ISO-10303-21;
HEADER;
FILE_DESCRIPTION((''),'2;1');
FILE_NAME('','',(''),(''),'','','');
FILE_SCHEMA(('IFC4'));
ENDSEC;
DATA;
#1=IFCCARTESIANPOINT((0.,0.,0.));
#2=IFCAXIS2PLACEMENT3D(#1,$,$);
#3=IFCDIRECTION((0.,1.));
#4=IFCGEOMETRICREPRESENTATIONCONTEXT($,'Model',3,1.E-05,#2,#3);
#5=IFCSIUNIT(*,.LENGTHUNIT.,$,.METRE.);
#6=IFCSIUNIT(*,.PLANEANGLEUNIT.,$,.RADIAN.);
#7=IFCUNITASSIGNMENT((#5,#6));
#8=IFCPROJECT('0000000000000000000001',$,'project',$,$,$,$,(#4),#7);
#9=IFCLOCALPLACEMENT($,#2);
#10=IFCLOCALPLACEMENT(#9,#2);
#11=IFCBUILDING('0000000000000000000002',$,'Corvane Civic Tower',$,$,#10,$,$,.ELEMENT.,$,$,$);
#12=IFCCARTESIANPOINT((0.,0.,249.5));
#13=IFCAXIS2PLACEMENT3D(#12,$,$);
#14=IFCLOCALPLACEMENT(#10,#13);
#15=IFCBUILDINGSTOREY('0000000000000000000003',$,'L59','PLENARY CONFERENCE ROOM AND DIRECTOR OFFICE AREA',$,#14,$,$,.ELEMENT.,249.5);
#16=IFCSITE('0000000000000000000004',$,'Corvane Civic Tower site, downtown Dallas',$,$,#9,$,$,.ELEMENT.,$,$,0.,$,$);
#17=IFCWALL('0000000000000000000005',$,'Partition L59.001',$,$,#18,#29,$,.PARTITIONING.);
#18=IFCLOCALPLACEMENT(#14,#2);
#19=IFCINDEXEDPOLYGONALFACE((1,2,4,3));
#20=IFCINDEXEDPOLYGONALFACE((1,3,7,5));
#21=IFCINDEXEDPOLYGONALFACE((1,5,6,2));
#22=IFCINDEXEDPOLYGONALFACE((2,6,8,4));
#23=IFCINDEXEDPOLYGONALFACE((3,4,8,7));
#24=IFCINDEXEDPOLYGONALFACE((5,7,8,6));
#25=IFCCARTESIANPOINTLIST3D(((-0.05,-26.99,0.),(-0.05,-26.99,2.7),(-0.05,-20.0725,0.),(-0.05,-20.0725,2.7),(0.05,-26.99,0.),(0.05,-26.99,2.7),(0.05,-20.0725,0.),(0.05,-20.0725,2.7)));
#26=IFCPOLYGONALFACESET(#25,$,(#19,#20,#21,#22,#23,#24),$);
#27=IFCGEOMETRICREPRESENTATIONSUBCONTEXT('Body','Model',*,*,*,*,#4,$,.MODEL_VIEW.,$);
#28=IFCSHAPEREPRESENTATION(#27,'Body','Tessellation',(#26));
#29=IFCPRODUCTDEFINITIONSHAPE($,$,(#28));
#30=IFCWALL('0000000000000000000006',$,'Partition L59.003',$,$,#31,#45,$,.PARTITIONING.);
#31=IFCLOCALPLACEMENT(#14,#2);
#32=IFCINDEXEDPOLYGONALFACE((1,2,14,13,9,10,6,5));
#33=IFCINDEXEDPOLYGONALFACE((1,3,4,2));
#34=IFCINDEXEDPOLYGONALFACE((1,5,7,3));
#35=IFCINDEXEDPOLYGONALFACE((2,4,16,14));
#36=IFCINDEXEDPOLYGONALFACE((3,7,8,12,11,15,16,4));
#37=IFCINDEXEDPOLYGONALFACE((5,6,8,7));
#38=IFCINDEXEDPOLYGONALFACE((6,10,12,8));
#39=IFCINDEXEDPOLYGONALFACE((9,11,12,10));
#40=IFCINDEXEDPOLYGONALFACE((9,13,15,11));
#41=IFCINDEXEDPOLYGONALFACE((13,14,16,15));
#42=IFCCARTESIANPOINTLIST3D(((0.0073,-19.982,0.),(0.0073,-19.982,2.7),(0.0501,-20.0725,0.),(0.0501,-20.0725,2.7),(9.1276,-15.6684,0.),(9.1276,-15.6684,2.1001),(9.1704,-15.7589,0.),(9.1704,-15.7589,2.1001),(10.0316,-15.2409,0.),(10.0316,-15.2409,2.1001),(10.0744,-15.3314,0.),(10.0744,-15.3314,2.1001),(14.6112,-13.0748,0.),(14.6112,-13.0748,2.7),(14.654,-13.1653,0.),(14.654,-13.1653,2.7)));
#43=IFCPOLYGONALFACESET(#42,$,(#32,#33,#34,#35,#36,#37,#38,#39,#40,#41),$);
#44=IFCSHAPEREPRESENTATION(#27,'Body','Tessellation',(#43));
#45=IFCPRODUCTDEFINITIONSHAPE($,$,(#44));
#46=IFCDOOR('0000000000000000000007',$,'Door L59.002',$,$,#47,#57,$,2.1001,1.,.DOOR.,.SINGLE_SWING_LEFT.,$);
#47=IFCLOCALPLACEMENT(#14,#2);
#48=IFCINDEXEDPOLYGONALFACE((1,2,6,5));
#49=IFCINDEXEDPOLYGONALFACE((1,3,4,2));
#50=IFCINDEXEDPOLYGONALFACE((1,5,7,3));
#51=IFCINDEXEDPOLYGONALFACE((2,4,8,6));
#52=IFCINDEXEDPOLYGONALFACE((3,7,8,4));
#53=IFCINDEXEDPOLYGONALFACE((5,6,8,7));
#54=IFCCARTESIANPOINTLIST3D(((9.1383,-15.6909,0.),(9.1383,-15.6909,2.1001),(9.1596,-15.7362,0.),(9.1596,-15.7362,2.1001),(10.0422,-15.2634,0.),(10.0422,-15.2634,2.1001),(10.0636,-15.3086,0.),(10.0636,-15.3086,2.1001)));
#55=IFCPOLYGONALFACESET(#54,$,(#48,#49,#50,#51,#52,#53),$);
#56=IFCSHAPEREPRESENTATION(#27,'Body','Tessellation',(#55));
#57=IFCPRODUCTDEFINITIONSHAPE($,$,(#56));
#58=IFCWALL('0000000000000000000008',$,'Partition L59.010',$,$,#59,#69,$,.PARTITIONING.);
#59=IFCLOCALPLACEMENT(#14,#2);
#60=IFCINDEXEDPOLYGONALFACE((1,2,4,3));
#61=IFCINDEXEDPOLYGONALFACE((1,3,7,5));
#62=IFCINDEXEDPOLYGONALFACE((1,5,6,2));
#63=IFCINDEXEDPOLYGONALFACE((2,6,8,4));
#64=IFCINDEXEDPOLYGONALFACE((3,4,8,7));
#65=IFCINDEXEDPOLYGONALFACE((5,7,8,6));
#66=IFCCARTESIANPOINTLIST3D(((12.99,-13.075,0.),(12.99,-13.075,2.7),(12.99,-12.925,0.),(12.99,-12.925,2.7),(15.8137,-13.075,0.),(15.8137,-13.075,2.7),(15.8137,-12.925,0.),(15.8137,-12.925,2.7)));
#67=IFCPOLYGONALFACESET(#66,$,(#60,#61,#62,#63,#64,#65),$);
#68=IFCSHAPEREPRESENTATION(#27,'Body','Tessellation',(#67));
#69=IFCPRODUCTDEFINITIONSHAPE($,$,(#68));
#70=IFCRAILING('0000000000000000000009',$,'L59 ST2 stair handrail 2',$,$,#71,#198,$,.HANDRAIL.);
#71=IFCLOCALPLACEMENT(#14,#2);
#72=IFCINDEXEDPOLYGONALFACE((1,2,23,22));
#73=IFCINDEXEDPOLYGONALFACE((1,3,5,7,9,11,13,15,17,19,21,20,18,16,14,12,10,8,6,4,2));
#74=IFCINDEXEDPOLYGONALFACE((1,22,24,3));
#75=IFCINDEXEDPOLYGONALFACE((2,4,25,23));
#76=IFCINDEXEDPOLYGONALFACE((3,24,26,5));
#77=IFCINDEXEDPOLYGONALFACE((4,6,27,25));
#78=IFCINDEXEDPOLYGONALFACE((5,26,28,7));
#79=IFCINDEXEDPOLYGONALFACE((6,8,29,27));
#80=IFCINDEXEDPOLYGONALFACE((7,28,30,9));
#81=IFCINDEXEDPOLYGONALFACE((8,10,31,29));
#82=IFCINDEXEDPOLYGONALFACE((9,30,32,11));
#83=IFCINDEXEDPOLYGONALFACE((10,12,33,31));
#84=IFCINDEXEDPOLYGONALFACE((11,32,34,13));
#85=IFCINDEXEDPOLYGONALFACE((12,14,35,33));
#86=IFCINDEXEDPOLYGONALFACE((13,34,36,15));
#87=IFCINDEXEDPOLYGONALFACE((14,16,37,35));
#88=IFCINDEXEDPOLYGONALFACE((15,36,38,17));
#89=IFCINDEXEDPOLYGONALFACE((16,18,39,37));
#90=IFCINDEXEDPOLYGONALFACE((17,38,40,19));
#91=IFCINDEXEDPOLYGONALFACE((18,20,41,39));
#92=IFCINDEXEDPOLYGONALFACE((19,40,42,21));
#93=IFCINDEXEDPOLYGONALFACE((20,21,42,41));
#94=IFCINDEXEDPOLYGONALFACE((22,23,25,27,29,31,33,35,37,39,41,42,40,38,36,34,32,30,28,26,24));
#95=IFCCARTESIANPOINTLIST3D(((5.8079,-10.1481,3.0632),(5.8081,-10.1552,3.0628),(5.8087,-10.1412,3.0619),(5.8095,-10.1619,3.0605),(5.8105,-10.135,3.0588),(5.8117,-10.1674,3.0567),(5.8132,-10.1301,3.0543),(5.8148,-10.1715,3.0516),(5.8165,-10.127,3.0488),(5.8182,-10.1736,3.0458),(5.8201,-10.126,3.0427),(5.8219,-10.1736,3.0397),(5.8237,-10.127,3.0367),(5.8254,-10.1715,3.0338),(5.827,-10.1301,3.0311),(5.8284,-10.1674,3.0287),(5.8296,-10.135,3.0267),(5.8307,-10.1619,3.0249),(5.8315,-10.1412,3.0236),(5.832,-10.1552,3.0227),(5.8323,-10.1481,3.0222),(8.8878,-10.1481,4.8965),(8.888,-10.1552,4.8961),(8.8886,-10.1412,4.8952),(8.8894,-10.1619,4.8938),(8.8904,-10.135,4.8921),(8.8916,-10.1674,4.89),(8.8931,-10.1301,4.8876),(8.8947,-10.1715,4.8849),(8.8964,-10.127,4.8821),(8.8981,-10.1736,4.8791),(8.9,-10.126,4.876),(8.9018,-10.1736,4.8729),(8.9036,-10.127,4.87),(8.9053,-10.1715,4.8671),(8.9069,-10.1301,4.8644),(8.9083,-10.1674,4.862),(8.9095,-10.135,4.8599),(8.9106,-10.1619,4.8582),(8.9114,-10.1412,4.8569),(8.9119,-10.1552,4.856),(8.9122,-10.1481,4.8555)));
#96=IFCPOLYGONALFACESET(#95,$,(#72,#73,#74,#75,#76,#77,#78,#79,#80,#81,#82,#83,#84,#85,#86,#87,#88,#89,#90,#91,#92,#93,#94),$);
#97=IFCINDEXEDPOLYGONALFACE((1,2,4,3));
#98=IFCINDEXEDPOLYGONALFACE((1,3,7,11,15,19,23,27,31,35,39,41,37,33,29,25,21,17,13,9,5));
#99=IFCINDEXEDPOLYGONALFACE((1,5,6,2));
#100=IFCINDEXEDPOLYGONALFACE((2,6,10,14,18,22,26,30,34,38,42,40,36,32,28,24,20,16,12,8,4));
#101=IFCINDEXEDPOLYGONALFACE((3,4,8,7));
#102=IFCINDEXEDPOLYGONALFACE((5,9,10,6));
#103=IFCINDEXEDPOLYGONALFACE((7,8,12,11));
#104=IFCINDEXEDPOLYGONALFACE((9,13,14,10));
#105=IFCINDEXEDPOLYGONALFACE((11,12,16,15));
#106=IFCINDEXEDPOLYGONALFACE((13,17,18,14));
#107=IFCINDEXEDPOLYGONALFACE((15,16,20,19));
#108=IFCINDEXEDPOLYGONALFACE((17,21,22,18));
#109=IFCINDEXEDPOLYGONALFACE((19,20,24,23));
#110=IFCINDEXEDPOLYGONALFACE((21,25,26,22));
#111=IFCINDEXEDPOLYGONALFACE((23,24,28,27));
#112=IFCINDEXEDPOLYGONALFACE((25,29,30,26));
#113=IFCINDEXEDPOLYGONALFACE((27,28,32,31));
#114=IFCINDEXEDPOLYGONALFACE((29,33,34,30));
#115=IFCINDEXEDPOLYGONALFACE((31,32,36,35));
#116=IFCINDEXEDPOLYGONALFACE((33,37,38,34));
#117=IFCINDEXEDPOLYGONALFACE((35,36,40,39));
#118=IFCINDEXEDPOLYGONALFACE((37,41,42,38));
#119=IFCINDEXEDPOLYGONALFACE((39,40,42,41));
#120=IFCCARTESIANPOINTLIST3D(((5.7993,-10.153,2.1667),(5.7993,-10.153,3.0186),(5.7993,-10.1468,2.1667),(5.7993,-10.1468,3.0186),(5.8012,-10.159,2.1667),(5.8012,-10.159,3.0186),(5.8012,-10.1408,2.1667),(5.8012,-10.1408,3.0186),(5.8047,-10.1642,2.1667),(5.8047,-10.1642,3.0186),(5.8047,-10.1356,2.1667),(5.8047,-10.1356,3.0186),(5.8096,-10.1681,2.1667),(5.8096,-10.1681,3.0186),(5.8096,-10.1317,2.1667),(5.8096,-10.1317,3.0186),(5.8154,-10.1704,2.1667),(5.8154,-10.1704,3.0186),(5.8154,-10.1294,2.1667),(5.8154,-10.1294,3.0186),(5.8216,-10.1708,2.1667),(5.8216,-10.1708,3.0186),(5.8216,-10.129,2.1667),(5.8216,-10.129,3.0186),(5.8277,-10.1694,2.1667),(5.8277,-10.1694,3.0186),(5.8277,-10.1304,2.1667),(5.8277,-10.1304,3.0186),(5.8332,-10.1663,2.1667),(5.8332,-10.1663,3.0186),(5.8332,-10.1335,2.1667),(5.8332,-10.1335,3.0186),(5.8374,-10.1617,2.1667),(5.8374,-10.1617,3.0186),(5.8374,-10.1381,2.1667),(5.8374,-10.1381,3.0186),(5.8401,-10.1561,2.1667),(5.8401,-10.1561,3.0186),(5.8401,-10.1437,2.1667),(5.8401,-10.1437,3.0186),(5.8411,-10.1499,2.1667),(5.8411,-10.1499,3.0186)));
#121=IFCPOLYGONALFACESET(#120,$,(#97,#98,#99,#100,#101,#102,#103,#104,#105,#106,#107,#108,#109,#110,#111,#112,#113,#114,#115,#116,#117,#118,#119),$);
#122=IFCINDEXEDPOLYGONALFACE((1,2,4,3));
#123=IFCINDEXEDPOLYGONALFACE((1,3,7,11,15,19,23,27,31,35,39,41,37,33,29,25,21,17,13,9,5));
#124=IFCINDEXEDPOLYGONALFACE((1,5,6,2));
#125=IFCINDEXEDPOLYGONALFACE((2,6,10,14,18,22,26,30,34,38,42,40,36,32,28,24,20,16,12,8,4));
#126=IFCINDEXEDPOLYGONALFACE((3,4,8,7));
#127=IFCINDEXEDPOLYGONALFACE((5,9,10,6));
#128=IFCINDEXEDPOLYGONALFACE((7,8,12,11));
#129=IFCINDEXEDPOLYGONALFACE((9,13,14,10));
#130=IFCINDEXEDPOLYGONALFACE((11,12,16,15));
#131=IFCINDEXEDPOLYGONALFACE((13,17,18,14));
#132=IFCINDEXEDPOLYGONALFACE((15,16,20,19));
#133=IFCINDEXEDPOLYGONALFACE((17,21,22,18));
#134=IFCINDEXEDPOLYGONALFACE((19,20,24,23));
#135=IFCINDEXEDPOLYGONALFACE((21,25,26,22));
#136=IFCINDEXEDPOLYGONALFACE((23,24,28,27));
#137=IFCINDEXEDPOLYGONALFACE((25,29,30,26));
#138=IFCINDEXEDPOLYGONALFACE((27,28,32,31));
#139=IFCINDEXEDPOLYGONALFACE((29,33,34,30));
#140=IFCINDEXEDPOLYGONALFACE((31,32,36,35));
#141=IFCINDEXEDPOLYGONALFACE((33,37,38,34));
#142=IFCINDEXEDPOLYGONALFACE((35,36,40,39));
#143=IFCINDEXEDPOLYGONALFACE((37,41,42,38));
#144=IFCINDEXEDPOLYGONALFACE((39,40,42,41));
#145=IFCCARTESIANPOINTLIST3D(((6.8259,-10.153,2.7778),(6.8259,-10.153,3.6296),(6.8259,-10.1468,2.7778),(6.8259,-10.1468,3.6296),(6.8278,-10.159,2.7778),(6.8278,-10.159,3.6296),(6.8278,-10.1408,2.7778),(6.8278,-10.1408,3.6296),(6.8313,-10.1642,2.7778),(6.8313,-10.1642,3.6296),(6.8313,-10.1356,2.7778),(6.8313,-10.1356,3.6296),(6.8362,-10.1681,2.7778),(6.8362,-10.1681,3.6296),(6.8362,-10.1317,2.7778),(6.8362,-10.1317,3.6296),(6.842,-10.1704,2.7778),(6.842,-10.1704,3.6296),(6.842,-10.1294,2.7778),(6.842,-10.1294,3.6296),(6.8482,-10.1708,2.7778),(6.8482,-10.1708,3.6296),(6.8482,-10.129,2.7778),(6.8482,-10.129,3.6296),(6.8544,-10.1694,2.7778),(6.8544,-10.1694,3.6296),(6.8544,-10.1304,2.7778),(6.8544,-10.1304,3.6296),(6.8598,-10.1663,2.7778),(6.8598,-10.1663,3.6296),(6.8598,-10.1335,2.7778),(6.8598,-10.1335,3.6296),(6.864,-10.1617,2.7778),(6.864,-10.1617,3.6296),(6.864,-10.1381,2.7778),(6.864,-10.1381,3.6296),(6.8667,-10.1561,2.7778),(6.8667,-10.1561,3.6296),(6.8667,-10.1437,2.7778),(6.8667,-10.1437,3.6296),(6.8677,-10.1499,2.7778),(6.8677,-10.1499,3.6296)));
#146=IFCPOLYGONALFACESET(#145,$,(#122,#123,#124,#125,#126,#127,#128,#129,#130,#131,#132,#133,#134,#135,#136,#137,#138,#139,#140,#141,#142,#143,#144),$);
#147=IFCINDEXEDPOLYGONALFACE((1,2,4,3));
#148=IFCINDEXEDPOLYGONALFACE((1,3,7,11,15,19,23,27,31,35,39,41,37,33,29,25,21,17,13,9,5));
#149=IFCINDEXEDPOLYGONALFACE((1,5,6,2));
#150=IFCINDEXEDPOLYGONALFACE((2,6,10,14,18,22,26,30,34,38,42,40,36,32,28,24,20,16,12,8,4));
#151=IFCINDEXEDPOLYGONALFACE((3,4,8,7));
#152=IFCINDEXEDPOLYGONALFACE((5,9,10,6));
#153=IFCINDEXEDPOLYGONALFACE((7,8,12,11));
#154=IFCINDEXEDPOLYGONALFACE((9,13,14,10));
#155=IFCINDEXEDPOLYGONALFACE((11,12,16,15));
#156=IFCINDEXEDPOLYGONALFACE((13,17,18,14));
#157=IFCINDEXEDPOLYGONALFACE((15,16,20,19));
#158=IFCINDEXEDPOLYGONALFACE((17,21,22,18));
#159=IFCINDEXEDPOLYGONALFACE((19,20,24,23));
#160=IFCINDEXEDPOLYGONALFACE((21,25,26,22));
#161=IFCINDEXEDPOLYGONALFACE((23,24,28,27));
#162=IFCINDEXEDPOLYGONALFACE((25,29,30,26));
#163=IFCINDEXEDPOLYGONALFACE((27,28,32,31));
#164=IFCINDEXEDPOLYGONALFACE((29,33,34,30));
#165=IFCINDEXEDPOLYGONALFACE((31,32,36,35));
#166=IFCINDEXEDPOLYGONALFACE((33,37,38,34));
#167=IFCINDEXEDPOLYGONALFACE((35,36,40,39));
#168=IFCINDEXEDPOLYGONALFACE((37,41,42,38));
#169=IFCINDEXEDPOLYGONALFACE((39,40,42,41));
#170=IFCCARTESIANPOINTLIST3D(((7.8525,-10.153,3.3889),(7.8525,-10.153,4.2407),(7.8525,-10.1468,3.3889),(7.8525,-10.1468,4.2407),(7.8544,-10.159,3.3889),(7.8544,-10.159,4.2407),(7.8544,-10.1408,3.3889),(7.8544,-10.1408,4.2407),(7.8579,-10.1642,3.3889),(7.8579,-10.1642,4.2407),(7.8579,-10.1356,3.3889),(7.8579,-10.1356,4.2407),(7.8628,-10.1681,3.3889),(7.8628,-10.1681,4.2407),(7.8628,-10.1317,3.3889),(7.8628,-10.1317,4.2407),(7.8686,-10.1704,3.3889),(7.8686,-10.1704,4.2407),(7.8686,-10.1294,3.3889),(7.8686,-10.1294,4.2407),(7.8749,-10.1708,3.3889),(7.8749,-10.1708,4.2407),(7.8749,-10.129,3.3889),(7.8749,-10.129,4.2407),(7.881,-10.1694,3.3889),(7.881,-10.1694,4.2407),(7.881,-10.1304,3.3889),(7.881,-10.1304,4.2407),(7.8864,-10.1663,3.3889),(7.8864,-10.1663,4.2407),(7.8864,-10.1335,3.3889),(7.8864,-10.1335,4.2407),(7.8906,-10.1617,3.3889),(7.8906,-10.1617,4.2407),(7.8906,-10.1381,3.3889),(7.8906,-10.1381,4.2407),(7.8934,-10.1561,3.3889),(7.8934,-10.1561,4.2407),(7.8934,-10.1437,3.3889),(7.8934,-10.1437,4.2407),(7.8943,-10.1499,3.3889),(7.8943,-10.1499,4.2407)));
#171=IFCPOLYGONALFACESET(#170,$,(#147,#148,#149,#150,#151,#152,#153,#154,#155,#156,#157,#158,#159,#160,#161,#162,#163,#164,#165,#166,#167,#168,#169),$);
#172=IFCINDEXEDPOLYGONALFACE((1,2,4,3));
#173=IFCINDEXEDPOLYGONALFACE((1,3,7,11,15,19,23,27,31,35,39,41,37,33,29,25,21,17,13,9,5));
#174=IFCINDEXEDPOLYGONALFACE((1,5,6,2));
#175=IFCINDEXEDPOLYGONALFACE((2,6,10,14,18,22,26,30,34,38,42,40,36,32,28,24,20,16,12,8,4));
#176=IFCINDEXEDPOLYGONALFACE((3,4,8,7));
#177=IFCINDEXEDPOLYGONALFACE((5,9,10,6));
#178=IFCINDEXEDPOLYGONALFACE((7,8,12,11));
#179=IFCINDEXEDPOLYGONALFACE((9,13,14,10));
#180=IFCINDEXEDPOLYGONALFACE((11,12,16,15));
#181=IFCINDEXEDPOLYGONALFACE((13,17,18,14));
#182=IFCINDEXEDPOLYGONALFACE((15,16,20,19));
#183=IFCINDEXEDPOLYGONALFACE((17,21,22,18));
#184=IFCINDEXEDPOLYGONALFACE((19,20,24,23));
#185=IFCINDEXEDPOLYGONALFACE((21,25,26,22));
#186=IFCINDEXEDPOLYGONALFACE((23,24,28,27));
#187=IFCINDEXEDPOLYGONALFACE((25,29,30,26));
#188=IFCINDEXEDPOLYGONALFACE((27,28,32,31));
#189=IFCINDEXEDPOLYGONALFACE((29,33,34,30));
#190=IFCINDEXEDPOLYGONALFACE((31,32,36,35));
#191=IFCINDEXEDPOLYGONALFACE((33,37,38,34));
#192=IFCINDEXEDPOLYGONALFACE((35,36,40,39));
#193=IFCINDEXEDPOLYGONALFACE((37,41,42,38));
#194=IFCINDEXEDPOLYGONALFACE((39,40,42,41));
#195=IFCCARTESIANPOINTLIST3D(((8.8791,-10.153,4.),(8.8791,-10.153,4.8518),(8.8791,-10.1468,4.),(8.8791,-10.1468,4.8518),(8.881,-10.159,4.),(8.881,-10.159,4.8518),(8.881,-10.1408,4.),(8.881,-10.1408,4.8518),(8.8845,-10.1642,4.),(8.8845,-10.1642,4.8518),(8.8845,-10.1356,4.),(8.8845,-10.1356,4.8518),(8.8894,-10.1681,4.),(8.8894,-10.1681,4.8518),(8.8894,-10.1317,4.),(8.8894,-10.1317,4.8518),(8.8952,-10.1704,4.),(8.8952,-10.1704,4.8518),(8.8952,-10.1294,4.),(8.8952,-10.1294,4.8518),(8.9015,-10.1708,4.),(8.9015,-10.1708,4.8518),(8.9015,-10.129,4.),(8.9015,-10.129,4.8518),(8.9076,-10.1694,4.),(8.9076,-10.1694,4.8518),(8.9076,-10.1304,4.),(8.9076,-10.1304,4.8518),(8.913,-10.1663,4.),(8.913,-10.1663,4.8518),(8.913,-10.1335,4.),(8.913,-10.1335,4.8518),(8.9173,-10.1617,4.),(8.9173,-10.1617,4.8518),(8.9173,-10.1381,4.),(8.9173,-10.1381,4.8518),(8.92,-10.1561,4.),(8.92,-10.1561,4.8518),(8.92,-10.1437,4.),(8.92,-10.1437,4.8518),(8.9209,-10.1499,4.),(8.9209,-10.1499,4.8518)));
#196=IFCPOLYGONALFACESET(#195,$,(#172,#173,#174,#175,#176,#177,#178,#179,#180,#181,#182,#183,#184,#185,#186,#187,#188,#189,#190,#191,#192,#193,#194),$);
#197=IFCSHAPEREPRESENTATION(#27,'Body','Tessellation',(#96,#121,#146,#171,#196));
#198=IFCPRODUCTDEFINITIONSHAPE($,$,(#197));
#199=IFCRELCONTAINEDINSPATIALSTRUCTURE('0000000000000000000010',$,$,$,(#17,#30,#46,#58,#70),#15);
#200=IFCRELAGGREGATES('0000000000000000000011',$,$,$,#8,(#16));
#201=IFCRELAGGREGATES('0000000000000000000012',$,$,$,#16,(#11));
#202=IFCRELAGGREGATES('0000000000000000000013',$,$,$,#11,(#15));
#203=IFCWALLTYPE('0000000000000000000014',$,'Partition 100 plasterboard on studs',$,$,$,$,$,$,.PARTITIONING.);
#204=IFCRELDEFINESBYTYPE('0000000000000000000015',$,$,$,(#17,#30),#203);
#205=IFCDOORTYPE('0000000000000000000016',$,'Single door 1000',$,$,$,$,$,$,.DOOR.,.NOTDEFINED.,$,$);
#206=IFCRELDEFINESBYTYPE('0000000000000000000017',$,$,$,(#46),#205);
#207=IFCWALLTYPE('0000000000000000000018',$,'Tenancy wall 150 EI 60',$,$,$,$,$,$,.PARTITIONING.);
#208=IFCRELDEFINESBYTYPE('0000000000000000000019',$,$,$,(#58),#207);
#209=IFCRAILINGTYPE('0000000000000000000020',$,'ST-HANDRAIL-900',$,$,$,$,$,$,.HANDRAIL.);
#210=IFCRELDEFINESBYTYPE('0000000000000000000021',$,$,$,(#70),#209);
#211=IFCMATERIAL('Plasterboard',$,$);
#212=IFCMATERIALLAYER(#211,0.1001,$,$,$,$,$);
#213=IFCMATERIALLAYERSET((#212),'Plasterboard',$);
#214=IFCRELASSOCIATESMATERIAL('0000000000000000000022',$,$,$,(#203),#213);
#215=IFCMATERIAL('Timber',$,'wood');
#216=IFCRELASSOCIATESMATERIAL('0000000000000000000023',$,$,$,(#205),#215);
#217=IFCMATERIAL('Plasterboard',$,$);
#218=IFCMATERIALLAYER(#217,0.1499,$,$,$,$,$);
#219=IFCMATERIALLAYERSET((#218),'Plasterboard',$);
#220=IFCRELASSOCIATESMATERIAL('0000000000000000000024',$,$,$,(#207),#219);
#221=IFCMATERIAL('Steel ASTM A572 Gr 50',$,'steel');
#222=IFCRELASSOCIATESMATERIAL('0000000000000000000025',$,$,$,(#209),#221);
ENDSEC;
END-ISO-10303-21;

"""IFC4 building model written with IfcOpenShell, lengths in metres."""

from ifc_helpers import new_model, si_unit, direction, frame, frame_2d, origin, origin_2d, place, context, subcontext, project, spatial, rectangle, circle, extrude, material, layer, layer_set, type_object, element, fill, save


model = new_model("IFC4")

# Units and contexts
model_context = context("Model", 3, precision=1e-05, world=origin(), true_north=direction((0.0, 1.0)))
body_context = subcontext(model_context, "Body", "Model", "MODEL_VIEW")
ifc_project = project(units=[si_unit("LENGTHUNIT", "METRE"), si_unit("PLANEANGLEUNIT", "RADIAN")], contexts=[model_context])

# Site, building, storey
site_placement = place(None, origin())
site = spatial("IfcSite", under=ifc_project, at=site_placement, Name="Corvane Civic Tower site, downtown Dallas", CompositionType="ELEMENT", RefElevation=0.0)
building_placement = place(site_placement, origin())
building = spatial("IfcBuilding", under=site, at=building_placement, Name="Corvane Civic Tower", CompositionType="ELEMENT")
storey_placement = place(building_placement, frame((0.0, 0.0, 249.5)))
storey = spatial("IfcBuildingStorey", under=building, at=storey_placement, Name="L59", Description="PLENARY CONFERENCE ROOM AND DIRECTOR OFFICE AREA", CompositionType="ELEMENT", Elevation=249.5)

# Wall
ifc_material_1 = material(Name="Plasterboard")
ifc_layer_1 = layer(ifc_material_1, 0.1001)
ifc_layer_set_1 = layer_set([ifc_layer_1], Name="Plasterboard")
wall_type_1 = type_object("IfcWallType", Name="Partition 100 plasterboard on studs", PredefinedType="PARTITIONING", material=ifc_layer_set_1)
wall_1_placement = place(storey_placement, frame((0.0, -26.99, 0.0), z_axis=(0.0, 0.0, 1.0), x_axis=(0.0, 1.0, 0.0)))
element("IfcWall", 1, at=wall_1_placement, inside=storey, type_object=wall_type_1, Name="Partition L59.001", PredefinedType="PARTITIONING", context=body_context, shape_type="SweptSolid", body=[
    extrude(rectangle(XDim=6.9175, YDim=0.1001, at=frame_2d((3.4587, 0.0))), origin(), (0.0, 0.0, 1.0), 2.7),
])

# Wall, opening, door
wall_2_placement = place(storey_placement, frame((0.0286, -20.0273, 0.0), z_axis=(0.0, 0.0, 1.0), x_axis=(0.903988, 0.427557, 0.0)))
wall_2 = element("IfcWall", 2, at=wall_2_placement, inside=storey, type_object=wall_type_1, Name="Partition L59.003", PredefinedType="PARTITIONING", context=body_context, shape_type="SweptSolid", body=[
    extrude(rectangle(XDim=16.155, YDim=0.1001, at=frame_2d((8.0776, 0.0))), origin(), (0.0, 0.0, 1.0), 2.7),
])
opening_1_placement = place(wall_2_placement, frame((10.0891, 0.0, 0.0)))
opening_1 = element("IfcOpeningElement", 3, at=opening_1_placement, cuts=wall_2, PredefinedType="OPENING", context=body_context, shape_type="SweptSolid", body=[
    extrude(rectangle(XDim=1.0, YDim=2.1001, at=frame_2d((0.5, 1.05))), frame((0.0, 0.0601, 0.0), z_axis=(0.0, -1.0, 0.0), x_axis=(1.0, 0.0, 0.0)), (0.0, 0.0, 1.0), 0.1201),
])
ifc_material_2 = material(Name="Timber", Category="wood")
door_type_1 = type_object("IfcDoorType", Name="Single door 1000", OperationType="NOTDEFINED", PredefinedType="DOOR", material=ifc_material_2)
door_1_placement = place(opening_1_placement, frame((1.0, 0.0, 0.0), z_axis=(0.0, 0.0, 1.0), x_axis=(-1.0, 0.0, 0.0)))
door_1 = element("IfcDoor", 4, at=door_1_placement, inside=storey, type_object=door_type_1, Name="Door L59.002", OperationType="SINGLE_SWING_LEFT", OverallHeight=2.1001, OverallWidth=1.0, PredefinedType="DOOR", context=body_context, shape_type="SweptSolid", body=[
    extrude(rectangle(XDim=1.0, YDim=2.1001, at=frame_2d((0.5, 1.05))), frame((0.0, 0.0249, 0.0), z_axis=(0.0, -1.0, 0.0), x_axis=(1.0, 0.0, 0.0)), (0.0, 0.0, 1.0), 0.05),
])
fill(opening_1, door_1)

# Wall
ifc_material_3 = material(Name="Plasterboard")
ifc_layer_2 = layer(ifc_material_3, 0.1499)
ifc_layer_set_2 = layer_set([ifc_layer_2], Name="Plasterboard")
wall_type_2 = type_object("IfcWallType", Name="Tenancy wall 150 EI 60", PredefinedType="PARTITIONING", material=ifc_layer_set_2)
wall_3_placement = place(storey_placement, frame((12.99, -13.0, 0.0), z_axis=(0.0, 0.0, 1.0), x_axis=(1.0, 0.0, 0.0)))
element("IfcWall", 5, at=wall_3_placement, inside=storey, type_object=wall_type_2, Name="Partition L59.010", PredefinedType="PARTITIONING", context=body_context, shape_type="SweptSolid", body=[
    extrude(rectangle(XDim=2.8237, YDim=0.1499, at=frame_2d((1.4119, 0.0))), origin(), (0.0, 0.0, 1.0), 2.7),
])

# Railing
ifc_material_4 = material(Name="Steel ASTM A572 Gr 50", Category="steel")
railing_type = type_object("IfcRailingType", Name="ST-HANDRAIL-900", PredefinedType="HANDRAIL", material=ifc_material_4)
railing_placement = place(storey_placement, frame((5.8201, -10.1499, 2.1667)))
element("IfcRailing", 6, at=railing_placement, inside=storey, type_object=railing_type, Name="L59 ST2 stair handrail 2", PredefinedType="HANDRAIL", context=body_context, shape_type="SweptSolid", body=[
    extrude(circle(Radius=0.0239, at=origin_2d()), frame((0.0, 0.0, 0.876), z_axis=(0.859291, 0.0, 0.511487), x_axis=(0.0, 1.0, 0.0)), (0.0, 0.0, 1.0), 3.5842),
    extrude(circle(Radius=0.021, at=origin_2d()), origin(), (0.0, 0.0, 1.0), 0.8518),
    extrude(circle(Radius=0.021, at=origin_2d()), frame((1.0266, 0.0, 0.6111)), (0.0, 0.0, 1.0), 0.8518),
    extrude(circle(Radius=0.021, at=origin_2d()), frame((2.0532, 0.0, 1.2222)), (0.0, 0.0, 1.0), 0.8518),
    extrude(circle(Radius=0.021, at=origin_2d()), frame((3.0798, 0.0, 1.8333)), (0.0, 0.0, 1.0), 0.8518),
])

save(model, "model.ifc")
